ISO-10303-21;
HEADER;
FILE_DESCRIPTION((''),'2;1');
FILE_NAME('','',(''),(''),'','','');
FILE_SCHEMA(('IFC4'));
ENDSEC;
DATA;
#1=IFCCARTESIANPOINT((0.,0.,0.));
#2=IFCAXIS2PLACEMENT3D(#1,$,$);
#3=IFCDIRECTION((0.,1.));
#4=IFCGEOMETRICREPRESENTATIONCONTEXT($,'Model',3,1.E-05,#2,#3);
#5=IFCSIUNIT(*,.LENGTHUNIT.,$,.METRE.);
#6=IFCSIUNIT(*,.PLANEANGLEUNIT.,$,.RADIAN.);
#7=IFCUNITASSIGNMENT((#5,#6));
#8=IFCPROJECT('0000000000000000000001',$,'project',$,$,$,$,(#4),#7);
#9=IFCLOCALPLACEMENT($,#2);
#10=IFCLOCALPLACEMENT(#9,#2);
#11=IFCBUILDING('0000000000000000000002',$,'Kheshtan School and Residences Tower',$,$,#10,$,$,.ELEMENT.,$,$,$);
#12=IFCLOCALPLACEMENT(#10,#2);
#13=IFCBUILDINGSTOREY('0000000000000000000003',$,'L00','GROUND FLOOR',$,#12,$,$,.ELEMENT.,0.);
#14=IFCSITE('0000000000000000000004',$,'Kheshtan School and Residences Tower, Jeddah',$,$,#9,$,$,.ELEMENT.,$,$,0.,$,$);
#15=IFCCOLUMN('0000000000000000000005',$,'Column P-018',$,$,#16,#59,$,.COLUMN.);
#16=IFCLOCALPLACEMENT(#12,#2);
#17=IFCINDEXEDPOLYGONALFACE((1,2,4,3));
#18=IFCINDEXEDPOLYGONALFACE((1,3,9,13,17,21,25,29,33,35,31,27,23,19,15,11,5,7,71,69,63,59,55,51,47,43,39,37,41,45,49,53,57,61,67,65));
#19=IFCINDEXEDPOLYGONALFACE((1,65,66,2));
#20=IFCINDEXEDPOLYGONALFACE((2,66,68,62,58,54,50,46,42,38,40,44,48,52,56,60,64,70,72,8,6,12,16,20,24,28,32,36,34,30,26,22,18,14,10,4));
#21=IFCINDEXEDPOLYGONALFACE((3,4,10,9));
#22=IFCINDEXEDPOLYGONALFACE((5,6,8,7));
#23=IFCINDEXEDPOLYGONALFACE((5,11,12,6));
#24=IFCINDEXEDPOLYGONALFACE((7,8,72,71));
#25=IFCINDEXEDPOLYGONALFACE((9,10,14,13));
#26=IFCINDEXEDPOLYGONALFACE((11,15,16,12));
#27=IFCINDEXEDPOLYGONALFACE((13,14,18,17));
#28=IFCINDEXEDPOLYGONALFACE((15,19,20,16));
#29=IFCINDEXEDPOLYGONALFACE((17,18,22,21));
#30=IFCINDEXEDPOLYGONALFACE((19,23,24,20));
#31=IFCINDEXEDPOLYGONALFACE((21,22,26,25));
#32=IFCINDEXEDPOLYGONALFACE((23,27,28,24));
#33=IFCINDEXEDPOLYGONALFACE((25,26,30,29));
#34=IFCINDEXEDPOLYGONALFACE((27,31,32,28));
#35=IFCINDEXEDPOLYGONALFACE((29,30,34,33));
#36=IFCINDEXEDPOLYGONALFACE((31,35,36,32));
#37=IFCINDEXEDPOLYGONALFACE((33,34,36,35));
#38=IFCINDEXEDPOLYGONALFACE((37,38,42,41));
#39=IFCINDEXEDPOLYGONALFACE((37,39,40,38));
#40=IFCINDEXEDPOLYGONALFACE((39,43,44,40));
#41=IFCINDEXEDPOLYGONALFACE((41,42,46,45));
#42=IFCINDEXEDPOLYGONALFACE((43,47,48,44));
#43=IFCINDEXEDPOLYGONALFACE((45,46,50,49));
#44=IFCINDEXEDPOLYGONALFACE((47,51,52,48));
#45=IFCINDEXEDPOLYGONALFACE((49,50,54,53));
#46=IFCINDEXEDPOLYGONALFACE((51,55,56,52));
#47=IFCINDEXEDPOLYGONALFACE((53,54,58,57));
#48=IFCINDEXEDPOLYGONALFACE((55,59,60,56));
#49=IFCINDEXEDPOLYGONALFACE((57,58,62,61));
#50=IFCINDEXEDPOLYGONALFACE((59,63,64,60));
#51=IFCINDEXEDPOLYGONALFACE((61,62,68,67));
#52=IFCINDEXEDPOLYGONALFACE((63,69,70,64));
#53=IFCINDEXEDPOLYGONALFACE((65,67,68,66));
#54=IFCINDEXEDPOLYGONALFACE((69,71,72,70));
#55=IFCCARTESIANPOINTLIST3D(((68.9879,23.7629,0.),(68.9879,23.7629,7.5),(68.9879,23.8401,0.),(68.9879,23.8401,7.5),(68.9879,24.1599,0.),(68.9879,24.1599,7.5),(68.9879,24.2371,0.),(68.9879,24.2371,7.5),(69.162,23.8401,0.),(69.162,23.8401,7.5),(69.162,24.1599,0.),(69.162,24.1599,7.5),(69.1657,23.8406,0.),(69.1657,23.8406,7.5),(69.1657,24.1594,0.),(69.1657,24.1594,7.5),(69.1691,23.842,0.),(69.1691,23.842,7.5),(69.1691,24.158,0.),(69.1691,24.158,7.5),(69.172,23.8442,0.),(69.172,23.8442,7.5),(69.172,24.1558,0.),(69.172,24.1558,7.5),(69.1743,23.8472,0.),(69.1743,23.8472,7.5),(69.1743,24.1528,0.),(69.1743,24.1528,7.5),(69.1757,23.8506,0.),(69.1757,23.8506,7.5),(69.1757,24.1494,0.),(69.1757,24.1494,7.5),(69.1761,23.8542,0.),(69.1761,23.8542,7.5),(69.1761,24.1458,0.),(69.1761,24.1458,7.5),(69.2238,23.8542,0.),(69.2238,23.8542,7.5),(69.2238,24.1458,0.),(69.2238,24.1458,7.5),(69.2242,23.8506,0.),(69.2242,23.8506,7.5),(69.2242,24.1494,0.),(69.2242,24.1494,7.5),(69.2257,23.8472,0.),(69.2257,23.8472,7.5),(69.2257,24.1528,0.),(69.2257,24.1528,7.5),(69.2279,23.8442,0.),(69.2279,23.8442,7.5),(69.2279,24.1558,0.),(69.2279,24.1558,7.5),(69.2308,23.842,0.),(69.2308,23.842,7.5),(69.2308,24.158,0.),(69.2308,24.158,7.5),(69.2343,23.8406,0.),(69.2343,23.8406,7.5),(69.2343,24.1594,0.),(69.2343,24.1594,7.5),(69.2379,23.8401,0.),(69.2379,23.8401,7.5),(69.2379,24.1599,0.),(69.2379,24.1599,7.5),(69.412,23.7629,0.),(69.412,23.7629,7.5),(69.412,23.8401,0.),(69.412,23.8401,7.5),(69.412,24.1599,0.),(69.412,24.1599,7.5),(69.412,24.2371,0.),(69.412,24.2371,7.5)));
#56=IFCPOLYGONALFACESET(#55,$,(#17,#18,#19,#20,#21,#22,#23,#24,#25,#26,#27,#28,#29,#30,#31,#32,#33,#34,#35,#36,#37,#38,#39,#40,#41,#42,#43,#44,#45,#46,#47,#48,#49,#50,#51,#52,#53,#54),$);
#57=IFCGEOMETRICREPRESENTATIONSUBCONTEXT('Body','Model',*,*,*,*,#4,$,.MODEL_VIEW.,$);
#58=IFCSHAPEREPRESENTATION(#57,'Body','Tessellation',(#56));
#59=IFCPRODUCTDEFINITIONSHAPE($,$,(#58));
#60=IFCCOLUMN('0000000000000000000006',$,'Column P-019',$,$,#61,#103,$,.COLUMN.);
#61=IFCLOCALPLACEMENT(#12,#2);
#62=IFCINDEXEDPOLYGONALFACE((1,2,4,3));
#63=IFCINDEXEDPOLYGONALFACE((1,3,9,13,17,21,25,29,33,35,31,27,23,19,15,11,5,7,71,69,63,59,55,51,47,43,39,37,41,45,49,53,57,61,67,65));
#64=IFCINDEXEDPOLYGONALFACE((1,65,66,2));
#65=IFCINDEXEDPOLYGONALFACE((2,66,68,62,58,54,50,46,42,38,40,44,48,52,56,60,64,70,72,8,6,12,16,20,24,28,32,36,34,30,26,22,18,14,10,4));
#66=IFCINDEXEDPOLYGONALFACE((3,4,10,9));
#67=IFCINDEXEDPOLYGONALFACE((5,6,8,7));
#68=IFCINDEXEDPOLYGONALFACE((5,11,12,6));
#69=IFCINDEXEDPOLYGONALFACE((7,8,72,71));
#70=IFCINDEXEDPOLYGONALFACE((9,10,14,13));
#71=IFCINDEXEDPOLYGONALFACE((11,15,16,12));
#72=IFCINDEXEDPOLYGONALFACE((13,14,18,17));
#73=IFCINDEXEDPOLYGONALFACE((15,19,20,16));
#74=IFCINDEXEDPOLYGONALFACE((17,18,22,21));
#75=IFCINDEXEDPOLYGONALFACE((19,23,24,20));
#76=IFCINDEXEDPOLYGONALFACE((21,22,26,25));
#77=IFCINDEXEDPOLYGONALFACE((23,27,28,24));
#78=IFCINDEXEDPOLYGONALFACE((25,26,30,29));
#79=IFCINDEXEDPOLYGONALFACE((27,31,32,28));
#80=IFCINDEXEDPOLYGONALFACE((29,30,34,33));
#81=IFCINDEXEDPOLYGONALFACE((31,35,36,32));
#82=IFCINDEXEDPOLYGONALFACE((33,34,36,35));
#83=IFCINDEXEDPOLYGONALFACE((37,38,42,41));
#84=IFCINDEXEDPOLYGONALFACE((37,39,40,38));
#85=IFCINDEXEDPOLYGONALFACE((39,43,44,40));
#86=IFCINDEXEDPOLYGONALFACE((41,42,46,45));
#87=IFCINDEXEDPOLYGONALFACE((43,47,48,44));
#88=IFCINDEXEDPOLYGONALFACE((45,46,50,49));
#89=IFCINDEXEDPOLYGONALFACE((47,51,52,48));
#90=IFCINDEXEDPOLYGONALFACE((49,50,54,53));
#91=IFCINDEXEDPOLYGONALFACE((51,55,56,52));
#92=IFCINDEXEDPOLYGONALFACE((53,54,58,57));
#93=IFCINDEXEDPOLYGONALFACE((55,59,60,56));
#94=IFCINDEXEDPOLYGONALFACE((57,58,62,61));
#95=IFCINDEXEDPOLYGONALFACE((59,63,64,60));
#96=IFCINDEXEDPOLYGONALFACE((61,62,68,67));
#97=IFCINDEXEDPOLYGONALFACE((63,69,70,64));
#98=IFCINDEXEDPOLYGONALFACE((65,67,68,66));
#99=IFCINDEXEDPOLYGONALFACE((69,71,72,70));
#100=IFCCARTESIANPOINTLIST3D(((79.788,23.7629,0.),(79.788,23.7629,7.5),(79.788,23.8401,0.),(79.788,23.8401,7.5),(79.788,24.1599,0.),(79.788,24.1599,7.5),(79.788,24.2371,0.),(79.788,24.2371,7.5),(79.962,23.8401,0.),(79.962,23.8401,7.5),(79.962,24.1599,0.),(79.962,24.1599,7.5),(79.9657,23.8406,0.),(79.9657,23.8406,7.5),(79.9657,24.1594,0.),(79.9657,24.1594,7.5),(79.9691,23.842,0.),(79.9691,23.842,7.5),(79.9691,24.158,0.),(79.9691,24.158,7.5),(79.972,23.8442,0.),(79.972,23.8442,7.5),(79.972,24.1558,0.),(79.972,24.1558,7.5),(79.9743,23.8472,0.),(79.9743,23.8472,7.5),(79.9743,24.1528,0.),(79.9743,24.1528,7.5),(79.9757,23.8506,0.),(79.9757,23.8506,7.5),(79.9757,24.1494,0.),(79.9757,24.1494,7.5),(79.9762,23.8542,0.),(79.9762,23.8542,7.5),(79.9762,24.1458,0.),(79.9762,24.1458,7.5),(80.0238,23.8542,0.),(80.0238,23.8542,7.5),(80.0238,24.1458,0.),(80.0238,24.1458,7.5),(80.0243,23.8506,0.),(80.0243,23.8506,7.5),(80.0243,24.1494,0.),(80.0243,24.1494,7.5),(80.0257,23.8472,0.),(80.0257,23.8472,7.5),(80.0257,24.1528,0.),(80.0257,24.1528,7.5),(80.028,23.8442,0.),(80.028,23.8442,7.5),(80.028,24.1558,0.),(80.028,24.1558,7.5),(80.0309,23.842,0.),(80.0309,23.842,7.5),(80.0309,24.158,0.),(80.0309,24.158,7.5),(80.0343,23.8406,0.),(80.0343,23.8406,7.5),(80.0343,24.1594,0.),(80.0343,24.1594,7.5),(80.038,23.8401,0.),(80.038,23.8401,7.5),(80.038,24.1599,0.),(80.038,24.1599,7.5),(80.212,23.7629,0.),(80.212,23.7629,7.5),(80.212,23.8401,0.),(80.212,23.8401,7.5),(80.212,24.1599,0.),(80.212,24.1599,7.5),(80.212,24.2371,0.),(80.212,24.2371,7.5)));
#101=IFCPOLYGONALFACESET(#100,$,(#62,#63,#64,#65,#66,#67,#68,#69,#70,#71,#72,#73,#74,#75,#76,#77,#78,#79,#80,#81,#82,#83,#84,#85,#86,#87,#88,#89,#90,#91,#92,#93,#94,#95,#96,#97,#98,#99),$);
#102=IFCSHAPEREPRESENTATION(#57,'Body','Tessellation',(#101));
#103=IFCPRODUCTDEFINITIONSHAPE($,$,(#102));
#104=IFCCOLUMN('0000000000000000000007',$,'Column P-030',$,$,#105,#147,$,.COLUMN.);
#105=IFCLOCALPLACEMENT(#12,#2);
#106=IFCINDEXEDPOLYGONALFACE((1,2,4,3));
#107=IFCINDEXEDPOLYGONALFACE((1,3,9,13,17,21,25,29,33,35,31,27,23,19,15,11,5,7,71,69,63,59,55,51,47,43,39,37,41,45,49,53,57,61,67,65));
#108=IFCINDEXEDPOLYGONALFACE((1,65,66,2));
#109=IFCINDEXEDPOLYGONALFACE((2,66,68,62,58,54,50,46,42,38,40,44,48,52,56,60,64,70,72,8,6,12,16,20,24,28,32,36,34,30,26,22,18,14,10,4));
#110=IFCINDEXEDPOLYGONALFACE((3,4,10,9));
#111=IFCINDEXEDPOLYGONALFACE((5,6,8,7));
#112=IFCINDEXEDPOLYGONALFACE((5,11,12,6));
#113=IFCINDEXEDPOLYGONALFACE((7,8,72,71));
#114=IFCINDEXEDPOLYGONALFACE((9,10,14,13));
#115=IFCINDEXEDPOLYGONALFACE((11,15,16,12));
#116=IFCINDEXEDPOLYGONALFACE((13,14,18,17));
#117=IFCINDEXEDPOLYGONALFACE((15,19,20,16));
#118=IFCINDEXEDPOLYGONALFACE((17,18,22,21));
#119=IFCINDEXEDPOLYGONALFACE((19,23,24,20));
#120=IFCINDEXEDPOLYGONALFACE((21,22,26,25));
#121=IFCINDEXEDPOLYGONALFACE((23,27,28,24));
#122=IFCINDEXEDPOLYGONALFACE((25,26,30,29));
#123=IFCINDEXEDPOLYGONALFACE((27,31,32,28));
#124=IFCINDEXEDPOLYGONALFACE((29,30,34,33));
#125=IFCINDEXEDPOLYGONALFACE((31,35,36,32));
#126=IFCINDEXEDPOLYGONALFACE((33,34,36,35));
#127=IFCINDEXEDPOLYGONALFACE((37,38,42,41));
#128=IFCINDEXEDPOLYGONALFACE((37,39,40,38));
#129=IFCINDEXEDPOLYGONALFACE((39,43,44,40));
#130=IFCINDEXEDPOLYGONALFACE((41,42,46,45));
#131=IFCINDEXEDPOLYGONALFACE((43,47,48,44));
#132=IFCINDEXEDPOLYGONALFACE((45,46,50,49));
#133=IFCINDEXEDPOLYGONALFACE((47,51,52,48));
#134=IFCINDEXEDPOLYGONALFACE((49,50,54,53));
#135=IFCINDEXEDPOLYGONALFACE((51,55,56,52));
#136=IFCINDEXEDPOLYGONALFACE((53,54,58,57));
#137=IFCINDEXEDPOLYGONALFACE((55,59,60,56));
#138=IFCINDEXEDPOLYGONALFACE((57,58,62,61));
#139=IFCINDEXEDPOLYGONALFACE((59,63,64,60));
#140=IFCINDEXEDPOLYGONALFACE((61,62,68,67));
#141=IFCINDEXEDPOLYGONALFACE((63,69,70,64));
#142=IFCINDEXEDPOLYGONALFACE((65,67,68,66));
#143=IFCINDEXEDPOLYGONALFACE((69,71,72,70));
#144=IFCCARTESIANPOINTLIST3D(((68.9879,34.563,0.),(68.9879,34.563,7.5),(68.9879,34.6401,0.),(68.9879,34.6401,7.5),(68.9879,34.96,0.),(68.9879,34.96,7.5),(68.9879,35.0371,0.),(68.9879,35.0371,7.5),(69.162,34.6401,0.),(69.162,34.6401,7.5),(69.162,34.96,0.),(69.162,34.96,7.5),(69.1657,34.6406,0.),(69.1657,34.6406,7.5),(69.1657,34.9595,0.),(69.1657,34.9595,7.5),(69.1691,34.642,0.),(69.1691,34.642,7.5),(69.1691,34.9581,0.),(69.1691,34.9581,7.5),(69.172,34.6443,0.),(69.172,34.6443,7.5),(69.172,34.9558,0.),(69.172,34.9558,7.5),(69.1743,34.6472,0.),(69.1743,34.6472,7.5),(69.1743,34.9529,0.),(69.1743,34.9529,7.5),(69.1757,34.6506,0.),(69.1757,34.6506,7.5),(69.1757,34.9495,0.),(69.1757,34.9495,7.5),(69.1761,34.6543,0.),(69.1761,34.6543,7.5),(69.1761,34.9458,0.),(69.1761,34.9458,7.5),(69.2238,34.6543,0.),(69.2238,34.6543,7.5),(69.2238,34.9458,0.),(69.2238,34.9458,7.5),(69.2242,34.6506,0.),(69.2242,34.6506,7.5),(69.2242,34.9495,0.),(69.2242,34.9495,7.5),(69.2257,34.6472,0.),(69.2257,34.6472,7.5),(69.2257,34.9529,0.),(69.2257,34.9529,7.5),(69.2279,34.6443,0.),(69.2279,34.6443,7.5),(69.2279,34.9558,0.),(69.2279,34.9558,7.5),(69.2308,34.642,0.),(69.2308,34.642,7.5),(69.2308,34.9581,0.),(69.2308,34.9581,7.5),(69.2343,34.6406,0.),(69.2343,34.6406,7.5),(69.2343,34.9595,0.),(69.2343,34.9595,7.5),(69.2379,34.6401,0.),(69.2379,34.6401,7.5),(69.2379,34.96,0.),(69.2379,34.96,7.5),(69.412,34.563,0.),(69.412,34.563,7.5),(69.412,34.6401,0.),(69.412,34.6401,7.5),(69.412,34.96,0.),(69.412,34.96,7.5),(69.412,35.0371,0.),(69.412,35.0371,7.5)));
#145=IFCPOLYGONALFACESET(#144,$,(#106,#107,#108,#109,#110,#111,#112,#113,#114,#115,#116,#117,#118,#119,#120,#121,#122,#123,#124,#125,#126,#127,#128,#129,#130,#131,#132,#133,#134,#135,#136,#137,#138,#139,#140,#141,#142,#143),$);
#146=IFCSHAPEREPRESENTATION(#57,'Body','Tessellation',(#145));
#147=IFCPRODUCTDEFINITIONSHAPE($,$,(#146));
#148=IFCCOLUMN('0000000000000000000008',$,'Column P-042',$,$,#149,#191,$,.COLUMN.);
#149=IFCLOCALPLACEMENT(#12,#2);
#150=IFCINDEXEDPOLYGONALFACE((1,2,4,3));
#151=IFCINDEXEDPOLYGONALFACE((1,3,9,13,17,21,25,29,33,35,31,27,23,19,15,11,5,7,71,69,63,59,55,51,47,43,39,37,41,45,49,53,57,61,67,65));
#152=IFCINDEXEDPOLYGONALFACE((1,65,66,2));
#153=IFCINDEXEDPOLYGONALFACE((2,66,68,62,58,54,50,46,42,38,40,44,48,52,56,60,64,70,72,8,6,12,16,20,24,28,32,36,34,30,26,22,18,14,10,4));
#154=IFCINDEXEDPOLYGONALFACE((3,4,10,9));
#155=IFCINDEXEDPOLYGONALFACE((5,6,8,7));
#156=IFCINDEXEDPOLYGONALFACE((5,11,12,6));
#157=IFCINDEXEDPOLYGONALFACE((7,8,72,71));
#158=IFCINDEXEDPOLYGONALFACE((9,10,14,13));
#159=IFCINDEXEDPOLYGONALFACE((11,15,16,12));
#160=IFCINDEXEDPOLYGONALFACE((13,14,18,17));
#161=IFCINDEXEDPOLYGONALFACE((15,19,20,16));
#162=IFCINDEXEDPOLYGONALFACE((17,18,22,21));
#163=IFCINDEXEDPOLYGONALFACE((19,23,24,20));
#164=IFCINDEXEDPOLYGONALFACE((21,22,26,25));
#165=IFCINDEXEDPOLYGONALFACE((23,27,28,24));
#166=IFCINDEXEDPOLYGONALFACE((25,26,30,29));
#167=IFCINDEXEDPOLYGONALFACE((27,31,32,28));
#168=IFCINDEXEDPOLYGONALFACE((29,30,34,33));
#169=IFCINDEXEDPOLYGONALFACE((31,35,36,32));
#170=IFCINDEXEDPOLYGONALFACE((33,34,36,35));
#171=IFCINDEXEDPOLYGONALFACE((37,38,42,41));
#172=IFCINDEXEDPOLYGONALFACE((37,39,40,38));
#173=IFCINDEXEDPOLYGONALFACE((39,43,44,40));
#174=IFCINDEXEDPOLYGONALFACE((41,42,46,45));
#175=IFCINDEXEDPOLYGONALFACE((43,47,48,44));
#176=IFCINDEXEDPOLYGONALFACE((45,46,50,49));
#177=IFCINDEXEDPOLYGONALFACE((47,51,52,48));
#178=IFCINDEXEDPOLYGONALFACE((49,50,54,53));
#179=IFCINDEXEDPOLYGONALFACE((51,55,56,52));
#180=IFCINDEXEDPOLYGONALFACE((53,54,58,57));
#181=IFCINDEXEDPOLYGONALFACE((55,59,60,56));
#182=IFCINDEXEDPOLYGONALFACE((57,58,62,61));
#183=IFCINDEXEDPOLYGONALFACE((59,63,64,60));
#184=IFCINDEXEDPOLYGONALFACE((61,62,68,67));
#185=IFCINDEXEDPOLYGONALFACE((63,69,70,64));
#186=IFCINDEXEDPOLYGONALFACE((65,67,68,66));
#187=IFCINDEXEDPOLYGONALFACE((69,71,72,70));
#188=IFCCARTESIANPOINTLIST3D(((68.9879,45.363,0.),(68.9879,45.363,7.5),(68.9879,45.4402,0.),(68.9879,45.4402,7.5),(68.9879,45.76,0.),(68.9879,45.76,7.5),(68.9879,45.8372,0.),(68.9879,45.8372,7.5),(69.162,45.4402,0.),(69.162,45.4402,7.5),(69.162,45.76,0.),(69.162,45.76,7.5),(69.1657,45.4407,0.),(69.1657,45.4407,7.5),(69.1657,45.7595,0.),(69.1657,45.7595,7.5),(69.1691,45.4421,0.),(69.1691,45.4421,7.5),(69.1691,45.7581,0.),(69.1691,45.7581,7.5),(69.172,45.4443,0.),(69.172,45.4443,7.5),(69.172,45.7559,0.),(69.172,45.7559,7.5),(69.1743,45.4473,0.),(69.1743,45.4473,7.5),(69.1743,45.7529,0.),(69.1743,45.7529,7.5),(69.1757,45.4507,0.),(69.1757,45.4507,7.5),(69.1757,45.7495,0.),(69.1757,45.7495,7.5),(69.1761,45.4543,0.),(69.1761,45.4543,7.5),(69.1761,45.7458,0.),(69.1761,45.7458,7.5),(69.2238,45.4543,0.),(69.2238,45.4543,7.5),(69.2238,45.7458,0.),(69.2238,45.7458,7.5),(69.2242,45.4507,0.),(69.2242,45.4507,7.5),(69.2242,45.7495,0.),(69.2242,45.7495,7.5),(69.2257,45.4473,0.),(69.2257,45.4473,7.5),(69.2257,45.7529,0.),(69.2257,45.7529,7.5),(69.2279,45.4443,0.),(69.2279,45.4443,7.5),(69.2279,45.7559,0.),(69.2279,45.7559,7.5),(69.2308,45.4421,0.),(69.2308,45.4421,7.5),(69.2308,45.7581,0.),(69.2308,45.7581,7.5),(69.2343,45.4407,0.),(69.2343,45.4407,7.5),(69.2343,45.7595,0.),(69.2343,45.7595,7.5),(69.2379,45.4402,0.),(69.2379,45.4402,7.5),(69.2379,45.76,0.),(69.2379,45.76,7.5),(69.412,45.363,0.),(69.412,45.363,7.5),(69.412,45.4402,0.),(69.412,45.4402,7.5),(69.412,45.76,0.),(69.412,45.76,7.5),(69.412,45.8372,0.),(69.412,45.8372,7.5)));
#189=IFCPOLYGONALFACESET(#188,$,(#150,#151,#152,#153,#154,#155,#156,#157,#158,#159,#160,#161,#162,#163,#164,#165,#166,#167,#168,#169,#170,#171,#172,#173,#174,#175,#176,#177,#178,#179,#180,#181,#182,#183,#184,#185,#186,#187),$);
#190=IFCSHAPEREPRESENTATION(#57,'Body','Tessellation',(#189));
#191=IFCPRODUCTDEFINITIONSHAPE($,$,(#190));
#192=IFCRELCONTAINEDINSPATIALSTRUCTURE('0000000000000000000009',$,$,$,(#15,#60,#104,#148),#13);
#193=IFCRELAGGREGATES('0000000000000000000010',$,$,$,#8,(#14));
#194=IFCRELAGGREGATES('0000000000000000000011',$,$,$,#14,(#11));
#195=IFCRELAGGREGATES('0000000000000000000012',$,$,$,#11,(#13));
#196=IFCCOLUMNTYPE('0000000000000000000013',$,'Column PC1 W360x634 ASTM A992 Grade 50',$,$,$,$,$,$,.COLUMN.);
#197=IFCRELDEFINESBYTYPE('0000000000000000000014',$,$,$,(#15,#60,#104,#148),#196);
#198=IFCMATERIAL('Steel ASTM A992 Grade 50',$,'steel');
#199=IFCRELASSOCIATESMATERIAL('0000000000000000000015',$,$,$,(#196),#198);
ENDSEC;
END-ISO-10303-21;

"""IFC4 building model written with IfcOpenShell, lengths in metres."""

from ifc_helpers import new_model, si_unit, direction, frame, origin, origin_2d, place, context, subcontext, project, spatial, i_section, extrude, material, material_profile, profile_set, type_object, element, save


model = new_model("IFC4")

# Units and contexts
model_context = context("Model", 3, precision=1e-05, world=origin(), true_north=direction((0.0, 1.0)))
body_context = subcontext(model_context, "Body", "Model", "MODEL_VIEW")
ifc_project = project(units=[si_unit("LENGTHUNIT", "METRE"), si_unit("PLANEANGLEUNIT", "RADIAN")], contexts=[model_context])

# Site, building, storey
site_placement = place(None, origin())
site = spatial("IfcSite", under=ifc_project, at=site_placement, Name="Kheshtan School and Residences Tower, Jeddah", CompositionType="ELEMENT", RefElevation=0.0)
building_placement = place(site_placement, origin())
building = spatial("IfcBuilding", under=site, at=building_placement, Name="Kheshtan School and Residences Tower", CompositionType="ELEMENT")
storey_placement = place(building_placement, origin())
storey = spatial("IfcBuildingStorey", under=building, at=storey_placement, Name="L00", Description="GROUND FLOOR", CompositionType="ELEMENT", Elevation=0.0)

# Columns
ifc_material_1 = material(Name="Steel ASTM A992 Grade 50", Category="steel")
ifc_material_profile_1 = material_profile(ifc_material_1, i_section(OverallWidth=0.4241, OverallDepth=0.4741, WebThickness=0.0476, FlangeThickness=0.0771, FilletRadius=0.0142, at=origin_2d()), Name="W360x634")
ifc_profile_set_1 = profile_set([ifc_material_profile_1], Name="Steel ASTM A992 Grade 50")
column_type = type_object("IfcColumnType", Name="Column PC1 W360x634 ASTM A992 Grade 50", PredefinedType="COLUMN", material=ifc_profile_set_1)
for number, where, z_axis, x_axis, name in (
    (1, (69.2, 24.0, 0.0), (0.0, 0.0, 1.0), (1.0, 0.0, 0.0), "Column P-018"),
    (2, (80.0, 24.0, 0.0), (0.0, 0.0, 1.0), (1.0, 0.0, 0.0), "Column P-019"),
    (3, (69.2, 34.8, 0.0), (0.0, 0.0, 1.0), (1.0, 0.0, 0.0), "Column P-030"),
    (4, (69.2, 45.6001, 0.0), (0.0, 0.0, 1.0), (1.0, 0.0, 0.0), "Column P-042"),
):
    element("IfcColumn", number, at=place(storey_placement, frame(where, z_axis=z_axis, x_axis=x_axis)), inside=storey, type_object=column_type, Name=name, PredefinedType="COLUMN", context=body_context, shape_type="SweptSolid", body=[
        extrude(i_section(OverallWidth=0.4241, OverallDepth=0.4741, WebThickness=0.0476, FlangeThickness=0.0771, FilletRadius=0.0142, at=origin_2d()), origin(), (0.0, 0.0, 1.0), 7.5),
    ])

save(model, "model.ifc")
